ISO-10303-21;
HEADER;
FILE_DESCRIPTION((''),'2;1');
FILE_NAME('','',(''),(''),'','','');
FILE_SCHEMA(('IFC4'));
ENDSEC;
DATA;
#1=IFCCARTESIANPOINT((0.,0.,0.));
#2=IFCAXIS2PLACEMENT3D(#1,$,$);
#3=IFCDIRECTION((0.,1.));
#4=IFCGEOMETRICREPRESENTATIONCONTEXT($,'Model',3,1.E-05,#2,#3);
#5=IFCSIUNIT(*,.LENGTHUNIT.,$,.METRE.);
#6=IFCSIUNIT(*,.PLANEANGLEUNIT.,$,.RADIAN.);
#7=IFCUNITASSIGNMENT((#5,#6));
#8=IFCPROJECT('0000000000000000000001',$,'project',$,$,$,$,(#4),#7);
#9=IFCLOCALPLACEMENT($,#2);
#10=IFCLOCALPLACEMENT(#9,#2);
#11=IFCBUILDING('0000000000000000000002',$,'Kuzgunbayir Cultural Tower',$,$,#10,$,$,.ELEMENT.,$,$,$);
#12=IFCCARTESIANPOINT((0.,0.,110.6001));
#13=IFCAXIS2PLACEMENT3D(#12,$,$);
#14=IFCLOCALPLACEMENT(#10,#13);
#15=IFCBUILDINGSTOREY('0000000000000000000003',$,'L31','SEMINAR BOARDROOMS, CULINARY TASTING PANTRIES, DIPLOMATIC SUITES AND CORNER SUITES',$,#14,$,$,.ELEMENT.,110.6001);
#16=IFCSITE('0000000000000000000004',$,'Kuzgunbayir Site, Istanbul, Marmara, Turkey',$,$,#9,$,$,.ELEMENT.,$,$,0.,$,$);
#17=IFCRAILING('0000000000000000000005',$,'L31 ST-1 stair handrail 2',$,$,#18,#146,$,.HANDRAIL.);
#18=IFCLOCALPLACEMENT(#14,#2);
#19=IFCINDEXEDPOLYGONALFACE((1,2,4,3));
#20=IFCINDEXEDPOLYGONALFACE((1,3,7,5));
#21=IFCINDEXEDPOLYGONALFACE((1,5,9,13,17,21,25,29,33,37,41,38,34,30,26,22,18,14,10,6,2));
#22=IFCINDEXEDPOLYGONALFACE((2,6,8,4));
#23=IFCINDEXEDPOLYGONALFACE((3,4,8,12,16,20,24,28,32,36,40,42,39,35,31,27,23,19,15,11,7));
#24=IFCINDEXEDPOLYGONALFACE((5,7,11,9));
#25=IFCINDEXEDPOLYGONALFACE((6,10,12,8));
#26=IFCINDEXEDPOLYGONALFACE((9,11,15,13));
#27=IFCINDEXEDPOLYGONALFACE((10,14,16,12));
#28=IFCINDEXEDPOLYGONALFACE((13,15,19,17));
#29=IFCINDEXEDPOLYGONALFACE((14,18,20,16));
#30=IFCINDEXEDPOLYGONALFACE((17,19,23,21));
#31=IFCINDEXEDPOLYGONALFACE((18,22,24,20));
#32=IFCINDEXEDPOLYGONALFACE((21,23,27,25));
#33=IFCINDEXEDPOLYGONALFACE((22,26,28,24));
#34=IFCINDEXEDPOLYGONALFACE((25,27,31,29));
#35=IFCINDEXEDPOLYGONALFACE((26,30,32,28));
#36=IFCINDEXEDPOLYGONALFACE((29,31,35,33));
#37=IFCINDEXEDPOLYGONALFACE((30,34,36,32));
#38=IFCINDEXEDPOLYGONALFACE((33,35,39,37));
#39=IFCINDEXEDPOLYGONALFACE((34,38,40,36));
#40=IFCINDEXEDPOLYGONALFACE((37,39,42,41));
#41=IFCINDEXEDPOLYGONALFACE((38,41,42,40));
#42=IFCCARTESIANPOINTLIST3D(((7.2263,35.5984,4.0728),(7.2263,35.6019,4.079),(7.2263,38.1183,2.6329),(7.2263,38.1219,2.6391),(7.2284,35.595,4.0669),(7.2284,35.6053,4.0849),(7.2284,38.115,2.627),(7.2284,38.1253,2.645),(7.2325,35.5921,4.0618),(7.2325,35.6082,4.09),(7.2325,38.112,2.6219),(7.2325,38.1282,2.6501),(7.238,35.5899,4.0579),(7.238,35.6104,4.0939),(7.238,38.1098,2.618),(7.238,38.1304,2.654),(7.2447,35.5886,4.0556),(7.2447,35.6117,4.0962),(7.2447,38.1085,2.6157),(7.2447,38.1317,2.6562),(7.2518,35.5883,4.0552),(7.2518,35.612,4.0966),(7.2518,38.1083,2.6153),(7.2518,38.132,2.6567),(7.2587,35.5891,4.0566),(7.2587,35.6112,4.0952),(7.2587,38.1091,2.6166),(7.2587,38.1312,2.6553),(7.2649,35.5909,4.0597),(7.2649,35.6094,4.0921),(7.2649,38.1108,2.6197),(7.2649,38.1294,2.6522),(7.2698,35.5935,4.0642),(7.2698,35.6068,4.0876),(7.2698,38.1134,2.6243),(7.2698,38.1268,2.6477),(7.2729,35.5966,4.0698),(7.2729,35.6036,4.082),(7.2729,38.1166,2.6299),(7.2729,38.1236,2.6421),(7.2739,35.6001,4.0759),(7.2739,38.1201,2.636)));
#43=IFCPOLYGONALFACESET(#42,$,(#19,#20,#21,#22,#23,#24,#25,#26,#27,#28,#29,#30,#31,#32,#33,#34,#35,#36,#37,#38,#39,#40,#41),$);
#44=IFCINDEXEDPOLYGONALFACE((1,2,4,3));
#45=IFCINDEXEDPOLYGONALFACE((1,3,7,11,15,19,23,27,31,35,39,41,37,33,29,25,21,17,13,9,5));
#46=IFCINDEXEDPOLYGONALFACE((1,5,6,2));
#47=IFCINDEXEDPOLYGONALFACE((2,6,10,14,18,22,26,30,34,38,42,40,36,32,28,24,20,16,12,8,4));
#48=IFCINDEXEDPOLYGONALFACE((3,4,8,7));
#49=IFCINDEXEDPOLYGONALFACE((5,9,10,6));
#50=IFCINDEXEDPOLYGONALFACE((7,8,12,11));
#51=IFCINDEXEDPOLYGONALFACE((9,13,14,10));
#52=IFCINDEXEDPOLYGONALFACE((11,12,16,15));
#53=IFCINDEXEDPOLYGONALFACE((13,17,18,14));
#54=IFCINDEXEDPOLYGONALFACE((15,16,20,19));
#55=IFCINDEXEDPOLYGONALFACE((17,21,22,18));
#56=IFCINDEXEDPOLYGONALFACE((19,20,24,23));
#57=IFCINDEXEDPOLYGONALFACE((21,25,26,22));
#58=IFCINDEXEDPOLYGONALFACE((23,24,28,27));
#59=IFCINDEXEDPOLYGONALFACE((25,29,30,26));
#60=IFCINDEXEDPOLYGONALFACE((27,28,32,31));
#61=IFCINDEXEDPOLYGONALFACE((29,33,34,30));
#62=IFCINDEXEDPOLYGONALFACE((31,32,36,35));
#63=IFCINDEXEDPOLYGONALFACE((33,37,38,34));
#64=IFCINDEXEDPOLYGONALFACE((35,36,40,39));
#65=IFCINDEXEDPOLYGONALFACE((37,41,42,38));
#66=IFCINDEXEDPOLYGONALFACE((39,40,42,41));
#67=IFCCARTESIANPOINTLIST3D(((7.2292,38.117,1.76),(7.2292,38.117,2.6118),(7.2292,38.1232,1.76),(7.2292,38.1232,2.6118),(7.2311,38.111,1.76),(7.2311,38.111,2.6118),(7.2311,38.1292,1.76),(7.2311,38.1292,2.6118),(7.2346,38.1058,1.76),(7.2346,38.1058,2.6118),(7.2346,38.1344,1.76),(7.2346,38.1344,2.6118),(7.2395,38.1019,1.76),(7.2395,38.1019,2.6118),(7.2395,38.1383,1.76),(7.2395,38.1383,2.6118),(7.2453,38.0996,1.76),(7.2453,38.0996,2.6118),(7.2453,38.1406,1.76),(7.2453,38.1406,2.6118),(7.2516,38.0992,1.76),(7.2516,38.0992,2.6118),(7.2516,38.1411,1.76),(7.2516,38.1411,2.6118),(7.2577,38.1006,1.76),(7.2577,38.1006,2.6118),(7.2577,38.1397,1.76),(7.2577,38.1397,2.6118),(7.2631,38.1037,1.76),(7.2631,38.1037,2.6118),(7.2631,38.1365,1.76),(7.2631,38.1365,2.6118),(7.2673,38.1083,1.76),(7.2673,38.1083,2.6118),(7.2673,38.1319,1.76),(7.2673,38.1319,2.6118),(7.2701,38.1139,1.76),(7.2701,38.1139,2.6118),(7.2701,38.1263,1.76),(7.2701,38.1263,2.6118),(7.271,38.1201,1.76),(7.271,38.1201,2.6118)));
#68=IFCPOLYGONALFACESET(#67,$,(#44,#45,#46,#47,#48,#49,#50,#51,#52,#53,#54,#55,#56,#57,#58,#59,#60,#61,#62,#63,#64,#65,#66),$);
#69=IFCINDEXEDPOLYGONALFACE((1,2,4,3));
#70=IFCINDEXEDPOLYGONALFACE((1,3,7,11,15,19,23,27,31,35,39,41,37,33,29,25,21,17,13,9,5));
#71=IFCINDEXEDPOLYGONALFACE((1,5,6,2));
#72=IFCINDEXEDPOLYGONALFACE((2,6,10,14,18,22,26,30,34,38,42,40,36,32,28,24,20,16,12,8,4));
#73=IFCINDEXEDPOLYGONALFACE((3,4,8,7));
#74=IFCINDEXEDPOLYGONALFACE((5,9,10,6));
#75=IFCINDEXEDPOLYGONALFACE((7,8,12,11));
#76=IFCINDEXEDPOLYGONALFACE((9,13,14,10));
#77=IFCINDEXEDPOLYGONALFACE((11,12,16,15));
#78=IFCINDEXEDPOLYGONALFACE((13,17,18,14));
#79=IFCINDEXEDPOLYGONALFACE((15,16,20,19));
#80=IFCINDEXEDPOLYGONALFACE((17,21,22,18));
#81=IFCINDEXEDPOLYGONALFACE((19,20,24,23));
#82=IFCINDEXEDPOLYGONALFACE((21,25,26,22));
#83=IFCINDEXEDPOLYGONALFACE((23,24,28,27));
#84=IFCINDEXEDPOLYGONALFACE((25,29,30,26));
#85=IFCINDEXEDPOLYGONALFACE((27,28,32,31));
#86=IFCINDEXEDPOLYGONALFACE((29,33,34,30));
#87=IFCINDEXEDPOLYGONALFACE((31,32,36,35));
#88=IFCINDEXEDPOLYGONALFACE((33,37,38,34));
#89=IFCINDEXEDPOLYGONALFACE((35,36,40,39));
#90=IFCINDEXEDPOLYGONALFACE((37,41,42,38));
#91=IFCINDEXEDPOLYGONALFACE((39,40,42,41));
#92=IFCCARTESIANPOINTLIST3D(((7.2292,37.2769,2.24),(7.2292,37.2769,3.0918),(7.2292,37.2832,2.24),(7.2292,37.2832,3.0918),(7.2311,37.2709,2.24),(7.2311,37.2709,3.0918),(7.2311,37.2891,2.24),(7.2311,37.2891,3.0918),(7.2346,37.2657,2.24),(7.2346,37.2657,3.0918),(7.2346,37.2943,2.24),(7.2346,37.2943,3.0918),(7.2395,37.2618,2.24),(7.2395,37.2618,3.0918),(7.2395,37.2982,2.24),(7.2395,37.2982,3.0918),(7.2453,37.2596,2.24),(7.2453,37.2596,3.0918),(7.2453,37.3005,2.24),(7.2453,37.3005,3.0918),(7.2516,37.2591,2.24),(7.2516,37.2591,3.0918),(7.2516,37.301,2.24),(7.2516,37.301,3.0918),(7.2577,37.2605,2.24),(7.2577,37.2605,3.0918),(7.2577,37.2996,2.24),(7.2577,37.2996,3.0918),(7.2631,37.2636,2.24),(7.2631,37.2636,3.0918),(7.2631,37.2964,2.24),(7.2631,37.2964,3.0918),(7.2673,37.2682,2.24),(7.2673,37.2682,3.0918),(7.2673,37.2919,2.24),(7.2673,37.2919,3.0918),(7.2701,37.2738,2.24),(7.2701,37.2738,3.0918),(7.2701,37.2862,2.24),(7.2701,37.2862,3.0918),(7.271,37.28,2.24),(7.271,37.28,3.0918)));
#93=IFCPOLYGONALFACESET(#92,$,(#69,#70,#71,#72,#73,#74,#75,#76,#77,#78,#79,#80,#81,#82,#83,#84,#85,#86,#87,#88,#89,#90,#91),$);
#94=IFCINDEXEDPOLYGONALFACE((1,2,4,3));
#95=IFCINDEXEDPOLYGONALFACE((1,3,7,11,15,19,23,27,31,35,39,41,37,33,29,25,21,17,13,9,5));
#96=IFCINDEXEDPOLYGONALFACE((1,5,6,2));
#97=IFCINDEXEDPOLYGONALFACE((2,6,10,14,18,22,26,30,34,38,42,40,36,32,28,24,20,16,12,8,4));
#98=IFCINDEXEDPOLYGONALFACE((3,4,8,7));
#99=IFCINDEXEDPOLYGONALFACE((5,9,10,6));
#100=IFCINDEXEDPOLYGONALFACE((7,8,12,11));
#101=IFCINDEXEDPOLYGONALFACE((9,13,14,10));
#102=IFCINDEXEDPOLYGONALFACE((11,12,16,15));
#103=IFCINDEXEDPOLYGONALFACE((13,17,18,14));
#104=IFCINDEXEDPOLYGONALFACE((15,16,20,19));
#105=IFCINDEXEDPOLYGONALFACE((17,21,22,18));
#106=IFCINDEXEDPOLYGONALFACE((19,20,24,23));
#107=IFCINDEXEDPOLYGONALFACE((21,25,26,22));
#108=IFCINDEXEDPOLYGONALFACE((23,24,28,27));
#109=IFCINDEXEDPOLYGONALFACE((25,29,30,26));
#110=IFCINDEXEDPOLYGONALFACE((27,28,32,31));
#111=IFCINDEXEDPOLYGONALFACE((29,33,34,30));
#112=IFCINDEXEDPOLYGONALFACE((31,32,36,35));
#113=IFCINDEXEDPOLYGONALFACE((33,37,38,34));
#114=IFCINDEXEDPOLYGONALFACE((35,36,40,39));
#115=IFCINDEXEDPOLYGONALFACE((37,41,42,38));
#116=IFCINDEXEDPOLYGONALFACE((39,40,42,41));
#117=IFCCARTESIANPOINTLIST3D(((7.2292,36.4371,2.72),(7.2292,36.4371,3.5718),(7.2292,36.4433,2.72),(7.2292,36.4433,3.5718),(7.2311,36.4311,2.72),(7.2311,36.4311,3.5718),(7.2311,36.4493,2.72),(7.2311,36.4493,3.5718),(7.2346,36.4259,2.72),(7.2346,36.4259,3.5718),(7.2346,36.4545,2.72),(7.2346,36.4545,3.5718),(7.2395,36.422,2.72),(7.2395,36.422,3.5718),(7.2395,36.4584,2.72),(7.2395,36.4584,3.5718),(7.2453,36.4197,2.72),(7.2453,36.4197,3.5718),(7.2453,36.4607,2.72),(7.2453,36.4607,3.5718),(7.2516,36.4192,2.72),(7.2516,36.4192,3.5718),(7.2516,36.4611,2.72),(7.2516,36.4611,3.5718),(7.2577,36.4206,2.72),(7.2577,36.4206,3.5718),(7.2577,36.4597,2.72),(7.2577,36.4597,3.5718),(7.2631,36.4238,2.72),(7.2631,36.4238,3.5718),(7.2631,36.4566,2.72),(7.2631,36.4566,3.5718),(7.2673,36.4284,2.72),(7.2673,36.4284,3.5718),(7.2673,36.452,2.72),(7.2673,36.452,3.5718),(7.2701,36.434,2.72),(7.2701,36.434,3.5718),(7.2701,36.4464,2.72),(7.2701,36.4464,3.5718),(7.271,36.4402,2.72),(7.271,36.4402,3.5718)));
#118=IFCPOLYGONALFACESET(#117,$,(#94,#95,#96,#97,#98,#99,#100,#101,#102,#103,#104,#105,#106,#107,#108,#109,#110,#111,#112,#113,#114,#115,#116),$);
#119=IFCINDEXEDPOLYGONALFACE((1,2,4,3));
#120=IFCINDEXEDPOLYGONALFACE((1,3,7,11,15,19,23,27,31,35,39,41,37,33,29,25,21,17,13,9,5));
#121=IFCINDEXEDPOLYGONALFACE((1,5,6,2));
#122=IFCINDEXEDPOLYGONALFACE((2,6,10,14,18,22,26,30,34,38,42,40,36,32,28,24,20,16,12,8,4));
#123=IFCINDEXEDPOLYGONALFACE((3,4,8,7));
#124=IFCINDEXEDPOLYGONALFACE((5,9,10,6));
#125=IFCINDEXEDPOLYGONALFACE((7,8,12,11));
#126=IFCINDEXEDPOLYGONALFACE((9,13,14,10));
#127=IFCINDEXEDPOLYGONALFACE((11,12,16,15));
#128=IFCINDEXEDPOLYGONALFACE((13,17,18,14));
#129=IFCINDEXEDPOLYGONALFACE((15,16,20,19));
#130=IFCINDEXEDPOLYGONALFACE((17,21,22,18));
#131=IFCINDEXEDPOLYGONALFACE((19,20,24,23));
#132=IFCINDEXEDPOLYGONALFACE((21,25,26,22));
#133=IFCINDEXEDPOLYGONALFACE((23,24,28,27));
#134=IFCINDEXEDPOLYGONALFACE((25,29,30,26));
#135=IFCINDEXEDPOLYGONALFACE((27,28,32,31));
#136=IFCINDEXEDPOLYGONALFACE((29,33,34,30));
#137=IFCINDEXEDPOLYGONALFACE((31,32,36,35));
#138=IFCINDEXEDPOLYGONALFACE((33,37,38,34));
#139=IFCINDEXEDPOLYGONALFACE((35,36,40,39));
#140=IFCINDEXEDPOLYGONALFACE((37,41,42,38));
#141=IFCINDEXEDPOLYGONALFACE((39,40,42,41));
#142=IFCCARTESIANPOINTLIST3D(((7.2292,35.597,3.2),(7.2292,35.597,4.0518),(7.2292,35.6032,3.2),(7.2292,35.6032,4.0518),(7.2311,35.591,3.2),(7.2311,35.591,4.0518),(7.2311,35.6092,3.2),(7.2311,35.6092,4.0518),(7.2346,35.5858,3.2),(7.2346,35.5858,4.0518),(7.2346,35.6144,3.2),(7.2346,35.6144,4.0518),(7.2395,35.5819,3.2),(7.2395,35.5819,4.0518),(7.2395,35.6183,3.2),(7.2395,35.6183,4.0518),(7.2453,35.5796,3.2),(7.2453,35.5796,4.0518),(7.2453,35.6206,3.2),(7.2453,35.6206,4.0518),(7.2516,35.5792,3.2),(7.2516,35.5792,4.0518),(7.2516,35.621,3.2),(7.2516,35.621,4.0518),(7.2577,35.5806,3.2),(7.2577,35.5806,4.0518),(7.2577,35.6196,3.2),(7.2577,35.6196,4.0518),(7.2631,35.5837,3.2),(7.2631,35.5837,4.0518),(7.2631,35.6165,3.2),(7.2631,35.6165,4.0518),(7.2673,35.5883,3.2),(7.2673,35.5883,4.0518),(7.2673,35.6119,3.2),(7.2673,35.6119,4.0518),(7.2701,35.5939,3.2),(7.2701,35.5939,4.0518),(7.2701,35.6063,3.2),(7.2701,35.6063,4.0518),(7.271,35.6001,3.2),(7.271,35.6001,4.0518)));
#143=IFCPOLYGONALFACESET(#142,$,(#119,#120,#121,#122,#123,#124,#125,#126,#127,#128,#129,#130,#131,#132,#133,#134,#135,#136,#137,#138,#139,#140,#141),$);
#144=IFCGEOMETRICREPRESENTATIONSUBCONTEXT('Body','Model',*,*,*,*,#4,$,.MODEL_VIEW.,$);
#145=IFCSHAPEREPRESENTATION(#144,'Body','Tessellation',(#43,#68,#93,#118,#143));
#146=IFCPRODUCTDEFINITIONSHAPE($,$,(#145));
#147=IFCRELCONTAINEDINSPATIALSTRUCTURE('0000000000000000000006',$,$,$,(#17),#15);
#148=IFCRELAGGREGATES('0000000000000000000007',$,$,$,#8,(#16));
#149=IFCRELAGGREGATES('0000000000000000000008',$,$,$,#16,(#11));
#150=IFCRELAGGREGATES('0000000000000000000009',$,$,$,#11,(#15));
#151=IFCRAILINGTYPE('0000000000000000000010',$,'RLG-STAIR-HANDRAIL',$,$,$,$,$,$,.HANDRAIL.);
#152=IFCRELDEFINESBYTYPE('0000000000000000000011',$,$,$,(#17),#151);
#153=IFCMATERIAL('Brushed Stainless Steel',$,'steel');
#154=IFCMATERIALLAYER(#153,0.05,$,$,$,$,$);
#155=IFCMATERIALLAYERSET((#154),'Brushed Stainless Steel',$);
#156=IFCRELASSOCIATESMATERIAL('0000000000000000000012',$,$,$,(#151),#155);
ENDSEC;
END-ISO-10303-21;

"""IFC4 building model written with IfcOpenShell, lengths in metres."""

from ifc_helpers import new_model, si_unit, direction, frame, origin, origin_2d, place, context, subcontext, project, spatial, circle, extrude, material, layer, layer_set, type_object, element, save


model = new_model("IFC4")

# Units and contexts
model_context = context("Model", 3, precision=1e-05, world=origin(), true_north=direction((0.0, 1.0)))
body_context = subcontext(model_context, "Body", "Model", "MODEL_VIEW")
ifc_project = project(units=[si_unit("LENGTHUNIT", "METRE"), si_unit("PLANEANGLEUNIT", "RADIAN")], contexts=[model_context])

# Site, building, storey
site_placement = place(None, origin())
site = spatial("IfcSite", under=ifc_project, at=site_placement, Name="Kuzgunbayir Site, Istanbul, Marmara, Turkey", CompositionType="ELEMENT", RefElevation=0.0)
building_placement = place(site_placement, origin())
building = spatial("IfcBuilding", under=site, at=building_placement, Name="Kuzgunbayir Cultural Tower", CompositionType="ELEMENT")
storey_placement = place(building_placement, frame((0.0, 0.0, 110.6001)))
storey = spatial("IfcBuildingStorey", under=building, at=storey_placement, Name="L31", Description="SEMINAR BOARDROOMS, CULINARY TASTING PANTRIES, DIPLOMATIC SUITES AND CORNER SUITES", CompositionType="ELEMENT", Elevation=110.6001)

# Railing
ifc_material_1 = material(Name="Brushed Stainless Steel", Category="steel")
ifc_layer_1 = layer(ifc_material_1, 0.05)
ifc_layer_set_1 = layer_set([ifc_layer_1], Name="Brushed Stainless Steel")
railing_type_1 = type_object("IfcRailingType", Name="RLG-STAIR-HANDRAIL", PredefinedType="HANDRAIL", material=ifc_layer_set_1)
railing_1_placement = place(storey_placement, frame((7.25, 38.1201, 1.76)))
element("IfcRailing", 1, at=railing_1_placement, inside=storey, type_object=railing_type_1, Name="L31 ST-1 stair handrail 2", PredefinedType="HANDRAIL", context=body_context, shape_type="SweptSolid", body=[
    extrude(circle(Radius=0.0239, at=origin_2d()), frame((0.0, 0.0, 0.876), z_axis=(0.0, -0.868253, 0.496121), x_axis=(1.0, 0.0, 0.0)), (0.0, 0.0, 1.0), 2.9023),
    extrude(circle(Radius=0.021, at=origin_2d()), origin(), (0.0, 0.0, 1.0), 0.8518),
    extrude(circle(Radius=0.021, at=origin_2d()), frame((0.0, -0.8401, 0.48)), (0.0, 0.0, 1.0), 0.8518),
    extrude(circle(Radius=0.021, at=origin_2d()), frame((0.0, -1.6799, 0.96)), (0.0, 0.0, 1.0), 0.8518),
    extrude(circle(Radius=0.021, at=origin_2d()), frame((0.0, -2.52, 1.4399)), (0.0, 0.0, 1.0), 0.8518),
])

save(model, "model.ifc")
